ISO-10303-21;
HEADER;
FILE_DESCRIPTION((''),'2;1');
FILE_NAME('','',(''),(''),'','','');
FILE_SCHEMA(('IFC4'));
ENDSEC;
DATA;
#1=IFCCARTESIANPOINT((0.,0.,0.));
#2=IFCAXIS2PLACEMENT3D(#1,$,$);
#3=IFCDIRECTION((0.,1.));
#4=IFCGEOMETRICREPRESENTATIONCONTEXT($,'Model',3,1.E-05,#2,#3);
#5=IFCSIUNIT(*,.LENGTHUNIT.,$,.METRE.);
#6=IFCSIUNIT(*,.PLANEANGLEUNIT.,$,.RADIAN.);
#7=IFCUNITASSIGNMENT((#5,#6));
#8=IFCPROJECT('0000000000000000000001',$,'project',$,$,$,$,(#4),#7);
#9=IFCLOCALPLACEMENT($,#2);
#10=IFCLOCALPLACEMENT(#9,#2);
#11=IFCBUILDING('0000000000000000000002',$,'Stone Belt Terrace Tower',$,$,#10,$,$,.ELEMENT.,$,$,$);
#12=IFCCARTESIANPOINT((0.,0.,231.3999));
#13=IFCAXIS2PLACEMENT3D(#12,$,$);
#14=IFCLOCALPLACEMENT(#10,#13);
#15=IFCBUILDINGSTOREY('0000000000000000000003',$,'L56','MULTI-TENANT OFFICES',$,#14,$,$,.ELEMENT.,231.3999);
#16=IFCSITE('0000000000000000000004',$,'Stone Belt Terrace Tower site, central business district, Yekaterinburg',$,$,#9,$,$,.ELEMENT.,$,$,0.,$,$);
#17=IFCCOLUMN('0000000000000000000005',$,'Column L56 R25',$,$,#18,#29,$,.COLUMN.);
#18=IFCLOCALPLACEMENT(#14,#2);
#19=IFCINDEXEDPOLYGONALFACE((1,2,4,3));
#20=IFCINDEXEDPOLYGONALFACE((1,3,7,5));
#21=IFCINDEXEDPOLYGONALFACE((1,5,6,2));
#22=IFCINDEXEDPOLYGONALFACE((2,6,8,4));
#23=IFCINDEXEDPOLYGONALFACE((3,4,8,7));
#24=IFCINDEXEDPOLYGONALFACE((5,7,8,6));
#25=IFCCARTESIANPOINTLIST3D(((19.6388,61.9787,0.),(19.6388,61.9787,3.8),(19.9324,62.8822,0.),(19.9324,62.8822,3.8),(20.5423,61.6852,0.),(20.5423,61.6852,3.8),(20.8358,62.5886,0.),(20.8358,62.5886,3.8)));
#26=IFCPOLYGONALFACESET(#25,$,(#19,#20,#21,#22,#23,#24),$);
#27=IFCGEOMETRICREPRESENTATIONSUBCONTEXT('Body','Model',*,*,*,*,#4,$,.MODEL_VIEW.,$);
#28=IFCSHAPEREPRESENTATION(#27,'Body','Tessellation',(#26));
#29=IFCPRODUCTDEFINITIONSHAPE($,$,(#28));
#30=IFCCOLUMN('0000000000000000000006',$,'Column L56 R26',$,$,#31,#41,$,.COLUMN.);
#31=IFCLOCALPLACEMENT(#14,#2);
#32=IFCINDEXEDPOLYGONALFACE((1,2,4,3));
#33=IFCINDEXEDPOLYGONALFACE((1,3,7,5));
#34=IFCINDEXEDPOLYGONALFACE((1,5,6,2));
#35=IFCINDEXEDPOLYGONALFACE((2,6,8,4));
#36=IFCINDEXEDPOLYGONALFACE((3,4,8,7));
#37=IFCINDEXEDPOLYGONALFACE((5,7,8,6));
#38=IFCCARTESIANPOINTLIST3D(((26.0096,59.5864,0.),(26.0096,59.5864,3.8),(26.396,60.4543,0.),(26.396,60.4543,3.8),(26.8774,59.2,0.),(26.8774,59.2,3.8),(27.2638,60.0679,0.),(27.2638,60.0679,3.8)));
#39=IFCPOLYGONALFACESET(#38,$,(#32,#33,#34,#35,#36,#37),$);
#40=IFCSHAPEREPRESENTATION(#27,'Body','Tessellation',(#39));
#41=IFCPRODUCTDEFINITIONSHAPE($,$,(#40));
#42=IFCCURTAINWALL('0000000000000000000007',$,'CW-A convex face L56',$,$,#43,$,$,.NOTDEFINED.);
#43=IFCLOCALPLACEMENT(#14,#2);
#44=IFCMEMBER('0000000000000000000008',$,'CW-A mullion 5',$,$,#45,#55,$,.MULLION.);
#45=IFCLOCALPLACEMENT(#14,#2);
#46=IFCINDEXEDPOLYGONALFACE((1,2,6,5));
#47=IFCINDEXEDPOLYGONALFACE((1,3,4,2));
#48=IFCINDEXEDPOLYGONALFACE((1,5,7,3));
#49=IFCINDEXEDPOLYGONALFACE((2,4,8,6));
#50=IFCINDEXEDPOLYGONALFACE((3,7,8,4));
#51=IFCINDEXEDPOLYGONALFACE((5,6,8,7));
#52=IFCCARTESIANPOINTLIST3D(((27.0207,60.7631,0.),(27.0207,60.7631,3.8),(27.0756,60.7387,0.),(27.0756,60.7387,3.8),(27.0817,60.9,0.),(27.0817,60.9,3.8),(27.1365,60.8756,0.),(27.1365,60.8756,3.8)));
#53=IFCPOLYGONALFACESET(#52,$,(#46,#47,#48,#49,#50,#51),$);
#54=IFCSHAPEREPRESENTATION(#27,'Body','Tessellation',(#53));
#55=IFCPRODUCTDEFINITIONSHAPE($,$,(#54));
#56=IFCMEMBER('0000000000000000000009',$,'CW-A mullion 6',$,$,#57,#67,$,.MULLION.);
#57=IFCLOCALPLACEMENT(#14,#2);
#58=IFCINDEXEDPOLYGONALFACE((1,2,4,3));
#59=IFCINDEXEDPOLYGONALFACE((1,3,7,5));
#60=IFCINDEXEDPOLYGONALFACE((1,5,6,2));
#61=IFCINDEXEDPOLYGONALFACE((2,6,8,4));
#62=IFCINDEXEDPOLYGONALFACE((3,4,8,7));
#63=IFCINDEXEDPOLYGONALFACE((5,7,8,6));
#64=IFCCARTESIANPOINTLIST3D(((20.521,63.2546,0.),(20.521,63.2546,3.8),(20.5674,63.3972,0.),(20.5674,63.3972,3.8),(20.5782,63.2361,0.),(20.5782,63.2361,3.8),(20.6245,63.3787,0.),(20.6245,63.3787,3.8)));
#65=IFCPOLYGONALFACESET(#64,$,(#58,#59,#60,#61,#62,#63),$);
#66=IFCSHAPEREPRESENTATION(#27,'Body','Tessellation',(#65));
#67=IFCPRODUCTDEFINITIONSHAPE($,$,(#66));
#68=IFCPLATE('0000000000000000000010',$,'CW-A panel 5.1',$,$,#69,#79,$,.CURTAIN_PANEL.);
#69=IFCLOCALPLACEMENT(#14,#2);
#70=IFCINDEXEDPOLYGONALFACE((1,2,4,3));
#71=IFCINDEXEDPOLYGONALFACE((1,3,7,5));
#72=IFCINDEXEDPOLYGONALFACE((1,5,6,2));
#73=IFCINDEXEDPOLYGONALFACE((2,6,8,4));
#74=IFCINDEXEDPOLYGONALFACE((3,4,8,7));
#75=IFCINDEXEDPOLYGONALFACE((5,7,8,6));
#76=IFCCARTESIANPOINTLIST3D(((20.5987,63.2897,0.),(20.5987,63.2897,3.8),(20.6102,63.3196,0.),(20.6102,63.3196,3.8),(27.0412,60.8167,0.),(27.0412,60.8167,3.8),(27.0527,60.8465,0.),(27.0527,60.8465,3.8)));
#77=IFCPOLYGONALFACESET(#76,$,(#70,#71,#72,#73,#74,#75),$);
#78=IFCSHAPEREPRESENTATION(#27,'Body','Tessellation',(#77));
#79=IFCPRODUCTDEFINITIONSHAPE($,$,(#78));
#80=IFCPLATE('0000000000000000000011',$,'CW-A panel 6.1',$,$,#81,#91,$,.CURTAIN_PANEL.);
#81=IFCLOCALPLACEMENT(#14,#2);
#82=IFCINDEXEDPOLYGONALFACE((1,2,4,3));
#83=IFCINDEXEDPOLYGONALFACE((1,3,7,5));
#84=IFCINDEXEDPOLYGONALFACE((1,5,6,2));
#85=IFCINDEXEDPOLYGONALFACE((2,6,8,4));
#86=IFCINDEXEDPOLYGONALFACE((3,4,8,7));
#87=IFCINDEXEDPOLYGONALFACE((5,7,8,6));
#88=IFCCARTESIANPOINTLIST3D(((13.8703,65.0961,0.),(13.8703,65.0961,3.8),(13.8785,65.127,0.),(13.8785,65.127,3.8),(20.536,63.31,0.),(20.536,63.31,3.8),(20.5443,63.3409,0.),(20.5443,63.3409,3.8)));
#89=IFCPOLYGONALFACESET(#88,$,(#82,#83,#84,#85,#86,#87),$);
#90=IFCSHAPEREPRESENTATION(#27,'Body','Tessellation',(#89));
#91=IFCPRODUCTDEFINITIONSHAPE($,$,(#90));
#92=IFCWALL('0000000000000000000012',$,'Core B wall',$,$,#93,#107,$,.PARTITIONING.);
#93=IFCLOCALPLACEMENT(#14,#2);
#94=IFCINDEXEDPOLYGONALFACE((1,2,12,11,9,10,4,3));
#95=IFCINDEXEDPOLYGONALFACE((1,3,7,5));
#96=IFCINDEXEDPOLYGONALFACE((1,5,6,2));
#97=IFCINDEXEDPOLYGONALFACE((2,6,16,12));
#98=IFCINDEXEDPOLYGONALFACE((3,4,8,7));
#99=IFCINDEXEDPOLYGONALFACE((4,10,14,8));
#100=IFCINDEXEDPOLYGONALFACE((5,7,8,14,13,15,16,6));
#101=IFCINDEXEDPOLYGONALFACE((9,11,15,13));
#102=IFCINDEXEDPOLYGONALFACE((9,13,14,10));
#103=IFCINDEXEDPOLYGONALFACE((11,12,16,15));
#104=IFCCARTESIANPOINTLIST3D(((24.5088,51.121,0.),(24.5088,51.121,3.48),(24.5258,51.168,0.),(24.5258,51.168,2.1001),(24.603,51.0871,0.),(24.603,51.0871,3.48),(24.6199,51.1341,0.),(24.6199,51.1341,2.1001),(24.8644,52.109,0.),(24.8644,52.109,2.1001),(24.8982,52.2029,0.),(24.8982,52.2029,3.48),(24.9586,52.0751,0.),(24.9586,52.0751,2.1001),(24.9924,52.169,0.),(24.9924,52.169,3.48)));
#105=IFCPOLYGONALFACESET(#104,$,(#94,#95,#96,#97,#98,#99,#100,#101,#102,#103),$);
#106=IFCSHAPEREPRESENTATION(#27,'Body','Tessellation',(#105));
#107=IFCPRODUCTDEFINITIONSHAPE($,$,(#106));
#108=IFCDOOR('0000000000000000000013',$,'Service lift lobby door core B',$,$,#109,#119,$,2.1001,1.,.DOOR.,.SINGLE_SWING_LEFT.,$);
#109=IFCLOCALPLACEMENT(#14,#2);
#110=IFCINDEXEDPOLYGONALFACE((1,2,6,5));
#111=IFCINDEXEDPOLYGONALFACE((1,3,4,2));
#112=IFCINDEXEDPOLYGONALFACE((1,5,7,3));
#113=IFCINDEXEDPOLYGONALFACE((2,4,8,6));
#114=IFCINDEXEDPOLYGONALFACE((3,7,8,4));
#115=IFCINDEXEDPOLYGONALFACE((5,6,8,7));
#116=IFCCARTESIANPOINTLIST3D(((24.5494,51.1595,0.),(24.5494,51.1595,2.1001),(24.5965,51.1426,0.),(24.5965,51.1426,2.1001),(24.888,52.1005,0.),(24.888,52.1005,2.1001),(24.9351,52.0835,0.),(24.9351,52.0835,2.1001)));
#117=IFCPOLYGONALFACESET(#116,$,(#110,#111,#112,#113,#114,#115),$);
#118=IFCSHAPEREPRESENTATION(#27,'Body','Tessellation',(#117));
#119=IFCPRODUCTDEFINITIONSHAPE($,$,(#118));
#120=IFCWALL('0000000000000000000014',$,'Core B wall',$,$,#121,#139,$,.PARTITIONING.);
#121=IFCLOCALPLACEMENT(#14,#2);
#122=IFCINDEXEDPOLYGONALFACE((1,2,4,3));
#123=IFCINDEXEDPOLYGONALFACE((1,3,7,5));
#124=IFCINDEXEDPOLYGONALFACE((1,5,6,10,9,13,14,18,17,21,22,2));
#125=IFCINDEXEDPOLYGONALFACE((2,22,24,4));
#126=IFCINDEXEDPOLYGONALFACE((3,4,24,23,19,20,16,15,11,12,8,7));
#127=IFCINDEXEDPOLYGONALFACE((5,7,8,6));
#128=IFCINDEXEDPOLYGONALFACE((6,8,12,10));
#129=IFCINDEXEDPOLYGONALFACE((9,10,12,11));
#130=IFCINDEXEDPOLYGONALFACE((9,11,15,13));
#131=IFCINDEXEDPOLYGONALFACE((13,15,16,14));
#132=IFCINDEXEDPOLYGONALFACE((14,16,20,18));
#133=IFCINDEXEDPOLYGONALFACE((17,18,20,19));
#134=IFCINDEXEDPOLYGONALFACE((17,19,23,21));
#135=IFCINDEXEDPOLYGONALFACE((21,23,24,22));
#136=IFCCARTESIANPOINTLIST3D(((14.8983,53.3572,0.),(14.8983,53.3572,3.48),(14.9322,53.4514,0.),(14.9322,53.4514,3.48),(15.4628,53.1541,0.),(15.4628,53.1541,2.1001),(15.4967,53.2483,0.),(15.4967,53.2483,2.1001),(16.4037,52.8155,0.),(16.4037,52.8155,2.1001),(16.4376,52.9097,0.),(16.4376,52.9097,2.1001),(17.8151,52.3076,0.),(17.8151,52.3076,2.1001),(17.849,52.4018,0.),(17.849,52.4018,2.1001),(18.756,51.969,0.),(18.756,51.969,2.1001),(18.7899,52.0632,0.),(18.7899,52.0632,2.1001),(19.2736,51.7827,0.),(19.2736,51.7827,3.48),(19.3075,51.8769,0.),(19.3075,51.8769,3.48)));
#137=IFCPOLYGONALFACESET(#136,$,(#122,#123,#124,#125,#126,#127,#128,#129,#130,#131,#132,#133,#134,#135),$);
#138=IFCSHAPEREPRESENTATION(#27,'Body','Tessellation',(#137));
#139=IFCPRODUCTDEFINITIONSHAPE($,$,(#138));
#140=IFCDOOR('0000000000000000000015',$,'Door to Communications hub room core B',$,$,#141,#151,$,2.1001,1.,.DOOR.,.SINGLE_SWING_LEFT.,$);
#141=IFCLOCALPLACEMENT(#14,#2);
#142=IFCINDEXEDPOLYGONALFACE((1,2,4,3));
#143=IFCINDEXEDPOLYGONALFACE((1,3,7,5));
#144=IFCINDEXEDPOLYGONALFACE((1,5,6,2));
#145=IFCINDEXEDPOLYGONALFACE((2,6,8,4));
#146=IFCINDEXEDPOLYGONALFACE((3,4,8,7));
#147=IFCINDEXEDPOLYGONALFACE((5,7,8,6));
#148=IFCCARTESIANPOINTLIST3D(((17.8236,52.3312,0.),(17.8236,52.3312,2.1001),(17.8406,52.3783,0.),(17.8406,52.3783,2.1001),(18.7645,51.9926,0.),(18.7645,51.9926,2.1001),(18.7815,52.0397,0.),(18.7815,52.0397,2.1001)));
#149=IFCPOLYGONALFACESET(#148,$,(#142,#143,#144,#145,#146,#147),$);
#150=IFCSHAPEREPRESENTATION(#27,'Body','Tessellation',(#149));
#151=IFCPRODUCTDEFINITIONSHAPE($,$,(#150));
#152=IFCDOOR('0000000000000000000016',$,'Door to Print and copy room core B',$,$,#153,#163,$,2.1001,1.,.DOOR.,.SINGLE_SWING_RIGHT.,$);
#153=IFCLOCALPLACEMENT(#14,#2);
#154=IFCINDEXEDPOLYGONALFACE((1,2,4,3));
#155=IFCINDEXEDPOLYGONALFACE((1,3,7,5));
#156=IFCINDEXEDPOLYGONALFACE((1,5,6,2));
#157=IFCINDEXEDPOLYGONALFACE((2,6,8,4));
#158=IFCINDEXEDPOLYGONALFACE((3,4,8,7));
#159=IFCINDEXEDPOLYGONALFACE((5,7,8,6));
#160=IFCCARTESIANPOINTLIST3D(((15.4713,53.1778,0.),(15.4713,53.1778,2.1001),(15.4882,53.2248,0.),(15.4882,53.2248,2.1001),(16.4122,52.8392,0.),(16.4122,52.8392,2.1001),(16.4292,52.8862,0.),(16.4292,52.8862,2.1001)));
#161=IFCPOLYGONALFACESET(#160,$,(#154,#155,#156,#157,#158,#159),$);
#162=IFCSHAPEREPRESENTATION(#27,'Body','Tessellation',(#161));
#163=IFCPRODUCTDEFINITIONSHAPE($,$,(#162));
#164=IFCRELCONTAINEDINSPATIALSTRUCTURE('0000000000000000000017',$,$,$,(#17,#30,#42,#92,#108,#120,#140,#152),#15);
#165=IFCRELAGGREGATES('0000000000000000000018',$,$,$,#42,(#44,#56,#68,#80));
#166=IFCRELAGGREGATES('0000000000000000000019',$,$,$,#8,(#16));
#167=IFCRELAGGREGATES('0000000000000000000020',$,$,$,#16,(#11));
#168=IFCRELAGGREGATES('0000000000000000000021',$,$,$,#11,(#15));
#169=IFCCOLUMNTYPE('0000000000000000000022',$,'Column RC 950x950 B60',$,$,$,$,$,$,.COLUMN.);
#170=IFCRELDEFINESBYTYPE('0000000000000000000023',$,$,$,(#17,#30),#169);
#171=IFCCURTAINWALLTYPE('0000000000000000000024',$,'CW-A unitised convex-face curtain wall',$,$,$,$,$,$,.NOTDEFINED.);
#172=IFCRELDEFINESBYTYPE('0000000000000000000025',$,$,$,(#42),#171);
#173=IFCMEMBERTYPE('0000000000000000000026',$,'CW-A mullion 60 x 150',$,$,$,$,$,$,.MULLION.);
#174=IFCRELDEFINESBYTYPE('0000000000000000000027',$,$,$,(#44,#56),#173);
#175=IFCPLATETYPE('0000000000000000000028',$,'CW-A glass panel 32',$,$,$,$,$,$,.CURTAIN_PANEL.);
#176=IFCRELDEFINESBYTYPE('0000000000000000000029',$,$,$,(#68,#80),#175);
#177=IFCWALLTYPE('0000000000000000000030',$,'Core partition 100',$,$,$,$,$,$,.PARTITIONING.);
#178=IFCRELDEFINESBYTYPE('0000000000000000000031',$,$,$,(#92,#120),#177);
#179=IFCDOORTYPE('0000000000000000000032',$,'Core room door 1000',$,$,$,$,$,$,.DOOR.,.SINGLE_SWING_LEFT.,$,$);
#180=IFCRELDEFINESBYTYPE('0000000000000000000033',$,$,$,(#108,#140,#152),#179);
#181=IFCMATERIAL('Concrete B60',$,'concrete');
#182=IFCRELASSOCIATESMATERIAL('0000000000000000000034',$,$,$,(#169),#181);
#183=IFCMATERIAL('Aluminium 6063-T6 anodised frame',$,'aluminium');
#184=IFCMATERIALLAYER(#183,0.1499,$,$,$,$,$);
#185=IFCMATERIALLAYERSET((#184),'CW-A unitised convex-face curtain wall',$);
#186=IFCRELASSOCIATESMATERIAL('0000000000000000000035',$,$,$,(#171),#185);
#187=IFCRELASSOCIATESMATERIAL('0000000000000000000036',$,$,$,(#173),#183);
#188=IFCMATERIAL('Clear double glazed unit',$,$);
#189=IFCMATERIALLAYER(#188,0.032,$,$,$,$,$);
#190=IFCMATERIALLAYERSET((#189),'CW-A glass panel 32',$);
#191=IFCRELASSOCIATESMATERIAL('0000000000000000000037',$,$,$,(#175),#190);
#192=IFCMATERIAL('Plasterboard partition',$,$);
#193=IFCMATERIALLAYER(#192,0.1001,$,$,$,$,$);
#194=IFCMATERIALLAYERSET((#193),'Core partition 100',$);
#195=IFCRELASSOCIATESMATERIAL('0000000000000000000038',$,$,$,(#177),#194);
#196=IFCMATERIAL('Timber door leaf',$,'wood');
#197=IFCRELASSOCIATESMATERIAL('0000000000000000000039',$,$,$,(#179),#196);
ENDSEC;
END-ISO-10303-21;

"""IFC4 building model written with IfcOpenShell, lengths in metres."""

from ifc_helpers import new_model, si_unit, direction, frame, frame_2d, origin, origin_2d, place, context, subcontext, project, spatial, rectangle, extrude, material, layer, layer_set, material_profile, profile_set, type_object, element, fill, aggregate, save


model = new_model("IFC4")

# Units and contexts
model_context = context("Model", 3, precision=1e-05, world=origin(), true_north=direction((0.0, 1.0)))
body_context = subcontext(model_context, "Body", "Model", "MODEL_VIEW")
ifc_project = project(units=[si_unit("LENGTHUNIT", "METRE"), si_unit("PLANEANGLEUNIT", "RADIAN")], contexts=[model_context])

# Site, building, storey
site_placement = place(None, origin())
site = spatial("IfcSite", under=ifc_project, at=site_placement, Name="Stone Belt Terrace Tower site, central business district, Yekaterinburg", CompositionType="ELEMENT", RefElevation=0.0)
building_placement = place(site_placement, origin())
building = spatial("IfcBuilding", under=site, at=building_placement, Name="Stone Belt Terrace Tower", CompositionType="ELEMENT")
storey_placement = place(building_placement, frame((0.0, 0.0, 231.3999)))
storey = spatial("IfcBuildingStorey", under=building, at=storey_placement, Name="L56", Description="MULTI-TENANT OFFICES", CompositionType="ELEMENT", Elevation=231.3999)

# Columns
ifc_material_1 = material(Name="Concrete B60", Category="concrete")
ifc_material_profile_1 = material_profile(ifc_material_1, rectangle(XDim=0.95, YDim=0.95, at=origin_2d()), Name="RC 950x950")
ifc_profile_set_1 = profile_set([ifc_material_profile_1], Name="Concrete B60")
column_type = type_object("IfcColumnType", Name="Column RC 950x950 B60", PredefinedType="COLUMN", material=ifc_profile_set_1)
for number, where, z_axis, x_axis, name in (
    (1, (20.2373, 62.2837, 0.0), (0.0, 0.0, 1.0), (0.951057, -0.309017, 0.0), "Column L56 R25"),
    (2, (26.6367, 59.8271, 0.0), (0.0, 0.0, 1.0), (0.913545, -0.406737, 0.0), "Column L56 R26"),
):
    element("IfcColumn", number, at=place(storey_placement, frame(where, z_axis=z_axis, x_axis=x_axis)), inside=storey, type_object=column_type, Name=name, PredefinedType="COLUMN", context=body_context, shape_type="SweptSolid", body=[
        extrude(rectangle(XDim=0.95, YDim=0.95, at=origin_2d()), origin(), (0.0, 0.0, 1.0), 3.8),
    ])

# Curtain wall, members, plates
ifc_material_2 = material(Name="Aluminium 6063-T6 anodised frame", Category="aluminium")
ifc_layer_1 = layer(ifc_material_2, 0.1499)
ifc_layer_set_1 = layer_set([ifc_layer_1], Name="CW-A unitised convex-face curtain wall")
curtain_wall_type = type_object("IfcCurtainWallType", Name="CW-A unitised convex-face curtain wall", PredefinedType="NOTDEFINED", material=ifc_layer_set_1)
curtain_wall_placement = place(storey_placement, origin())
curtain_wall = element("IfcCurtainWall", 3, at=curtain_wall_placement, inside=storey, type_object=curtain_wall_type, Name="CW-A convex face L56", PredefinedType="NOTDEFINED")
ifc_material_profile_2 = material_profile(ifc_material_2, rectangle(XDim=0.1499, YDim=0.0601, at=origin_2d()), Name="Aluminium 6063-T6 60x150")
ifc_profile_set_2 = profile_set([ifc_material_profile_2], Name="Aluminium 6063-T6 anodised frame")
member_type = type_object("IfcMemberType", Name="CW-A mullion 60 x 150", PredefinedType="MULLION", material=ifc_profile_set_2)
member_1_placement = place(storey_placement, frame((27.0786, 60.8193, 0.0), z_axis=(0.0, 0.0, 1.0), x_axis=(-0.406737, -0.913545, 0.0)))
member_1 = element("IfcMember", 4, at=member_1_placement, type_object=member_type, Name="CW-A mullion 5", PredefinedType="MULLION", context=body_context, shape_type="SweptSolid", body=[
    extrude(rectangle(XDim=0.1499, YDim=0.0601, at=origin_2d()), origin(), (0.0, 0.0, 1.0), 3.8),
])
member_2_placement = place(storey_placement, frame((20.5728, 63.3167, 0.0), z_axis=(0.0, 0.0, 1.0), x_axis=(-0.309017, -0.951057, 0.0)))
member_2 = element("IfcMember", 5, at=member_2_placement, type_object=member_type, Name="CW-A mullion 6", PredefinedType="MULLION", context=body_context, shape_type="SweptSolid", body=[
    extrude(rectangle(XDim=0.1499, YDim=0.0601, at=origin_2d()), origin(), (0.0, 0.0, 1.0), 3.8),
])
ifc_material_3 = material(Name="Clear double glazed unit")
ifc_layer_2 = layer(ifc_material_3, 0.032)
ifc_layer_set_2 = layer_set([ifc_layer_2], Name="CW-A glass panel 32")
plate_type = type_object("IfcPlateType", Name="CW-A glass panel 32", PredefinedType="CURTAIN_PANEL", material=ifc_layer_set_2)
plate_1_placement = place(storey_placement, frame((23.8257, 62.0681, 0.0), z_axis=(0.0, 0.0, 1.0), x_axis=(-0.93358, 0.358368, 0.0)))
plate_1 = element("IfcPlate", 6, at=plate_1_placement, type_object=plate_type, Name="CW-A panel 5.1", PredefinedType="CURTAIN_PANEL", context=body_context, shape_type="SweptSolid", body=[
    extrude(rectangle(XDim=6.9009, YDim=0.032, at=origin_2d()), origin(), (0.0, 0.0, 1.0), 3.8),
])
plate_2_placement = place(storey_placement, frame((17.2073, 64.2185, 0.0), z_axis=(0.0, 0.0, 1.0), x_axis=(-0.965926, 0.258819, 0.0)))
plate_2 = element("IfcPlate", 7, at=plate_2_placement, type_object=plate_type, Name="CW-A panel 6.1", PredefinedType="CURTAIN_PANEL", context=body_context, shape_type="SweptSolid", body=[
    extrude(rectangle(XDim=6.9009, YDim=0.032, at=origin_2d()), origin(), (0.0, 0.0, 1.0), 3.8),
])
aggregate(curtain_wall, [member_1, member_2, plate_1, plate_2])

# Wall, opening, door
ifc_material_4 = material(Name="Plasterboard partition")
ifc_layer_3 = layer(ifc_material_4, 0.1001)
ifc_layer_set_3 = layer_set([ifc_layer_3], Name="Core partition 100")
wall_type_1 = type_object("IfcWallType", Name="Core partition 100", PredefinedType="PARTITIONING", material=ifc_layer_set_3)
wall_1_placement = place(storey_placement, frame((24.5559, 51.104, 0.0), z_axis=(0.0, 0.0, 1.0), x_axis=(0.338622, 0.940923, 0.0)))
wall_1 = element("IfcWall", 8, at=wall_1_placement, inside=storey, type_object=wall_type_1, Name="Core B wall", PredefinedType="PARTITIONING", context=body_context, shape_type="SweptSolid", body=[
    extrude(rectangle(XDim=1.1499, YDim=0.1001, at=frame_2d((0.575, 0.0))), origin(), (0.0, 0.0, 1.0), 3.48),
])
opening_1_placement = place(wall_1_placement, frame((0.05, 0.0, 0.0)))
opening_1 = element("IfcOpeningElement", 9, at=opening_1_placement, cuts=wall_1, PredefinedType="OPENING", context=body_context, shape_type="SweptSolid", body=[
    extrude(rectangle(XDim=1.0, YDim=2.1001, at=frame_2d((0.5, 1.05))), frame((0.0, 0.0601, 0.0), z_axis=(0.0, -1.0, 0.0), x_axis=(1.0, 0.0, 0.0)), (0.0, 0.0, 1.0), 0.1201),
])
ifc_material_5 = material(Name="Timber door leaf", Category="wood")
door_type_1 = type_object("IfcDoorType", Name="Core room door 1000", OperationType="SINGLE_SWING_LEFT", PredefinedType="DOOR", material=ifc_material_5)
door_1_placement = place(opening_1_placement, origin())
door_1 = element("IfcDoor", 10, at=door_1_placement, inside=storey, type_object=door_type_1, Name="Service lift lobby door core B", OperationType="SINGLE_SWING_LEFT", OverallHeight=2.1001, OverallWidth=1.0, PredefinedType="DOOR", context=body_context, shape_type="SweptSolid", body=[
    extrude(rectangle(XDim=1.0, YDim=2.1001, at=frame_2d((0.5, 1.05))), frame((0.0, 0.0249, 0.0), z_axis=(0.0, -1.0, 0.0), x_axis=(1.0, 0.0, 0.0)), (0.0, 0.0, 1.0), 0.05),
])
fill(opening_1, door_1)

# Wall, openings, doors
wall_2_placement = place(storey_placement, frame((19.2905, 51.8298, 0.0), z_axis=(0.0, 0.0, 1.0), x_axis=(-0.94093, 0.3386, 0.0)))
wall_2 = element("IfcWall", 11, at=wall_2_placement, inside=storey, type_object=wall_type_1, Name="Core B wall", PredefinedType="PARTITIONING", context=body_context, shape_type="SweptSolid", body=[
    extrude(rectangle(XDim=4.6499, YDim=0.1001, at=frame_2d((2.325, 0.0))), origin(), (0.0, 0.0, 1.0), 3.48),
])
opening_2_placement = place(wall_2_placement, frame((0.55, 0.0, 0.0)))
opening_2 = element("IfcOpeningElement", 12, at=opening_2_placement, cuts=wall_2, PredefinedType="OPENING", context=body_context, shape_type="SweptSolid", body=[
    extrude(rectangle(XDim=1.0, YDim=2.1001, at=frame_2d((0.5, 1.05))), frame((0.0, 0.0601, 0.0), z_axis=(0.0, -1.0, 0.0), x_axis=(1.0, 0.0, 0.0)), (0.0, 0.0, 1.0), 0.1201),
])
opening_3_placement = place(wall_2_placement, frame((3.05, 0.0, 0.0)))
opening_3 = element("IfcOpeningElement", 13, at=opening_3_placement, cuts=wall_2, PredefinedType="OPENING", context=body_context, shape_type="SweptSolid", body=[
    extrude(rectangle(XDim=1.0, YDim=2.1001, at=frame_2d((0.5, 1.05))), frame((0.0, 0.0601, 0.0), z_axis=(0.0, -1.0, 0.0), x_axis=(1.0, 0.0, 0.0)), (0.0, 0.0, 1.0), 0.1201),
])
door_2_placement = place(opening_2_placement, origin())
door_2 = element("IfcDoor", 14, at=door_2_placement, inside=storey, type_object=door_type_1, Name="Door to Communications hub room core B", OperationType="SINGLE_SWING_LEFT", OverallHeight=2.1001, OverallWidth=1.0, PredefinedType="DOOR", context=body_context, shape_type="SweptSolid", body=[
    extrude(rectangle(XDim=1.0, YDim=2.1001, at=frame_2d((0.5, 1.05))), frame((0.0, 0.0249, 0.0), z_axis=(0.0, -1.0, 0.0), x_axis=(1.0, 0.0, 0.0)), (0.0, 0.0, 1.0), 0.05),
])
fill(opening_2, door_2)
door_3_placement = place(opening_3_placement, origin())
door_3 = element("IfcDoor", 15, at=door_3_placement, inside=storey, type_object=door_type_1, Name="Door to Print and copy room core B", OperationType="SINGLE_SWING_RIGHT", OverallHeight=2.1001, OverallWidth=1.0, PredefinedType="DOOR", context=body_context, shape_type="SweptSolid", body=[
    extrude(rectangle(XDim=1.0, YDim=2.1001, at=frame_2d((0.5, 1.05))), frame((0.0, 0.0249, 0.0), z_axis=(0.0, -1.0, 0.0), x_axis=(1.0, 0.0, 0.0)), (0.0, 0.0, 1.0), 0.05),
])
fill(opening_3, door_3)

save(model, "model.ifc")
